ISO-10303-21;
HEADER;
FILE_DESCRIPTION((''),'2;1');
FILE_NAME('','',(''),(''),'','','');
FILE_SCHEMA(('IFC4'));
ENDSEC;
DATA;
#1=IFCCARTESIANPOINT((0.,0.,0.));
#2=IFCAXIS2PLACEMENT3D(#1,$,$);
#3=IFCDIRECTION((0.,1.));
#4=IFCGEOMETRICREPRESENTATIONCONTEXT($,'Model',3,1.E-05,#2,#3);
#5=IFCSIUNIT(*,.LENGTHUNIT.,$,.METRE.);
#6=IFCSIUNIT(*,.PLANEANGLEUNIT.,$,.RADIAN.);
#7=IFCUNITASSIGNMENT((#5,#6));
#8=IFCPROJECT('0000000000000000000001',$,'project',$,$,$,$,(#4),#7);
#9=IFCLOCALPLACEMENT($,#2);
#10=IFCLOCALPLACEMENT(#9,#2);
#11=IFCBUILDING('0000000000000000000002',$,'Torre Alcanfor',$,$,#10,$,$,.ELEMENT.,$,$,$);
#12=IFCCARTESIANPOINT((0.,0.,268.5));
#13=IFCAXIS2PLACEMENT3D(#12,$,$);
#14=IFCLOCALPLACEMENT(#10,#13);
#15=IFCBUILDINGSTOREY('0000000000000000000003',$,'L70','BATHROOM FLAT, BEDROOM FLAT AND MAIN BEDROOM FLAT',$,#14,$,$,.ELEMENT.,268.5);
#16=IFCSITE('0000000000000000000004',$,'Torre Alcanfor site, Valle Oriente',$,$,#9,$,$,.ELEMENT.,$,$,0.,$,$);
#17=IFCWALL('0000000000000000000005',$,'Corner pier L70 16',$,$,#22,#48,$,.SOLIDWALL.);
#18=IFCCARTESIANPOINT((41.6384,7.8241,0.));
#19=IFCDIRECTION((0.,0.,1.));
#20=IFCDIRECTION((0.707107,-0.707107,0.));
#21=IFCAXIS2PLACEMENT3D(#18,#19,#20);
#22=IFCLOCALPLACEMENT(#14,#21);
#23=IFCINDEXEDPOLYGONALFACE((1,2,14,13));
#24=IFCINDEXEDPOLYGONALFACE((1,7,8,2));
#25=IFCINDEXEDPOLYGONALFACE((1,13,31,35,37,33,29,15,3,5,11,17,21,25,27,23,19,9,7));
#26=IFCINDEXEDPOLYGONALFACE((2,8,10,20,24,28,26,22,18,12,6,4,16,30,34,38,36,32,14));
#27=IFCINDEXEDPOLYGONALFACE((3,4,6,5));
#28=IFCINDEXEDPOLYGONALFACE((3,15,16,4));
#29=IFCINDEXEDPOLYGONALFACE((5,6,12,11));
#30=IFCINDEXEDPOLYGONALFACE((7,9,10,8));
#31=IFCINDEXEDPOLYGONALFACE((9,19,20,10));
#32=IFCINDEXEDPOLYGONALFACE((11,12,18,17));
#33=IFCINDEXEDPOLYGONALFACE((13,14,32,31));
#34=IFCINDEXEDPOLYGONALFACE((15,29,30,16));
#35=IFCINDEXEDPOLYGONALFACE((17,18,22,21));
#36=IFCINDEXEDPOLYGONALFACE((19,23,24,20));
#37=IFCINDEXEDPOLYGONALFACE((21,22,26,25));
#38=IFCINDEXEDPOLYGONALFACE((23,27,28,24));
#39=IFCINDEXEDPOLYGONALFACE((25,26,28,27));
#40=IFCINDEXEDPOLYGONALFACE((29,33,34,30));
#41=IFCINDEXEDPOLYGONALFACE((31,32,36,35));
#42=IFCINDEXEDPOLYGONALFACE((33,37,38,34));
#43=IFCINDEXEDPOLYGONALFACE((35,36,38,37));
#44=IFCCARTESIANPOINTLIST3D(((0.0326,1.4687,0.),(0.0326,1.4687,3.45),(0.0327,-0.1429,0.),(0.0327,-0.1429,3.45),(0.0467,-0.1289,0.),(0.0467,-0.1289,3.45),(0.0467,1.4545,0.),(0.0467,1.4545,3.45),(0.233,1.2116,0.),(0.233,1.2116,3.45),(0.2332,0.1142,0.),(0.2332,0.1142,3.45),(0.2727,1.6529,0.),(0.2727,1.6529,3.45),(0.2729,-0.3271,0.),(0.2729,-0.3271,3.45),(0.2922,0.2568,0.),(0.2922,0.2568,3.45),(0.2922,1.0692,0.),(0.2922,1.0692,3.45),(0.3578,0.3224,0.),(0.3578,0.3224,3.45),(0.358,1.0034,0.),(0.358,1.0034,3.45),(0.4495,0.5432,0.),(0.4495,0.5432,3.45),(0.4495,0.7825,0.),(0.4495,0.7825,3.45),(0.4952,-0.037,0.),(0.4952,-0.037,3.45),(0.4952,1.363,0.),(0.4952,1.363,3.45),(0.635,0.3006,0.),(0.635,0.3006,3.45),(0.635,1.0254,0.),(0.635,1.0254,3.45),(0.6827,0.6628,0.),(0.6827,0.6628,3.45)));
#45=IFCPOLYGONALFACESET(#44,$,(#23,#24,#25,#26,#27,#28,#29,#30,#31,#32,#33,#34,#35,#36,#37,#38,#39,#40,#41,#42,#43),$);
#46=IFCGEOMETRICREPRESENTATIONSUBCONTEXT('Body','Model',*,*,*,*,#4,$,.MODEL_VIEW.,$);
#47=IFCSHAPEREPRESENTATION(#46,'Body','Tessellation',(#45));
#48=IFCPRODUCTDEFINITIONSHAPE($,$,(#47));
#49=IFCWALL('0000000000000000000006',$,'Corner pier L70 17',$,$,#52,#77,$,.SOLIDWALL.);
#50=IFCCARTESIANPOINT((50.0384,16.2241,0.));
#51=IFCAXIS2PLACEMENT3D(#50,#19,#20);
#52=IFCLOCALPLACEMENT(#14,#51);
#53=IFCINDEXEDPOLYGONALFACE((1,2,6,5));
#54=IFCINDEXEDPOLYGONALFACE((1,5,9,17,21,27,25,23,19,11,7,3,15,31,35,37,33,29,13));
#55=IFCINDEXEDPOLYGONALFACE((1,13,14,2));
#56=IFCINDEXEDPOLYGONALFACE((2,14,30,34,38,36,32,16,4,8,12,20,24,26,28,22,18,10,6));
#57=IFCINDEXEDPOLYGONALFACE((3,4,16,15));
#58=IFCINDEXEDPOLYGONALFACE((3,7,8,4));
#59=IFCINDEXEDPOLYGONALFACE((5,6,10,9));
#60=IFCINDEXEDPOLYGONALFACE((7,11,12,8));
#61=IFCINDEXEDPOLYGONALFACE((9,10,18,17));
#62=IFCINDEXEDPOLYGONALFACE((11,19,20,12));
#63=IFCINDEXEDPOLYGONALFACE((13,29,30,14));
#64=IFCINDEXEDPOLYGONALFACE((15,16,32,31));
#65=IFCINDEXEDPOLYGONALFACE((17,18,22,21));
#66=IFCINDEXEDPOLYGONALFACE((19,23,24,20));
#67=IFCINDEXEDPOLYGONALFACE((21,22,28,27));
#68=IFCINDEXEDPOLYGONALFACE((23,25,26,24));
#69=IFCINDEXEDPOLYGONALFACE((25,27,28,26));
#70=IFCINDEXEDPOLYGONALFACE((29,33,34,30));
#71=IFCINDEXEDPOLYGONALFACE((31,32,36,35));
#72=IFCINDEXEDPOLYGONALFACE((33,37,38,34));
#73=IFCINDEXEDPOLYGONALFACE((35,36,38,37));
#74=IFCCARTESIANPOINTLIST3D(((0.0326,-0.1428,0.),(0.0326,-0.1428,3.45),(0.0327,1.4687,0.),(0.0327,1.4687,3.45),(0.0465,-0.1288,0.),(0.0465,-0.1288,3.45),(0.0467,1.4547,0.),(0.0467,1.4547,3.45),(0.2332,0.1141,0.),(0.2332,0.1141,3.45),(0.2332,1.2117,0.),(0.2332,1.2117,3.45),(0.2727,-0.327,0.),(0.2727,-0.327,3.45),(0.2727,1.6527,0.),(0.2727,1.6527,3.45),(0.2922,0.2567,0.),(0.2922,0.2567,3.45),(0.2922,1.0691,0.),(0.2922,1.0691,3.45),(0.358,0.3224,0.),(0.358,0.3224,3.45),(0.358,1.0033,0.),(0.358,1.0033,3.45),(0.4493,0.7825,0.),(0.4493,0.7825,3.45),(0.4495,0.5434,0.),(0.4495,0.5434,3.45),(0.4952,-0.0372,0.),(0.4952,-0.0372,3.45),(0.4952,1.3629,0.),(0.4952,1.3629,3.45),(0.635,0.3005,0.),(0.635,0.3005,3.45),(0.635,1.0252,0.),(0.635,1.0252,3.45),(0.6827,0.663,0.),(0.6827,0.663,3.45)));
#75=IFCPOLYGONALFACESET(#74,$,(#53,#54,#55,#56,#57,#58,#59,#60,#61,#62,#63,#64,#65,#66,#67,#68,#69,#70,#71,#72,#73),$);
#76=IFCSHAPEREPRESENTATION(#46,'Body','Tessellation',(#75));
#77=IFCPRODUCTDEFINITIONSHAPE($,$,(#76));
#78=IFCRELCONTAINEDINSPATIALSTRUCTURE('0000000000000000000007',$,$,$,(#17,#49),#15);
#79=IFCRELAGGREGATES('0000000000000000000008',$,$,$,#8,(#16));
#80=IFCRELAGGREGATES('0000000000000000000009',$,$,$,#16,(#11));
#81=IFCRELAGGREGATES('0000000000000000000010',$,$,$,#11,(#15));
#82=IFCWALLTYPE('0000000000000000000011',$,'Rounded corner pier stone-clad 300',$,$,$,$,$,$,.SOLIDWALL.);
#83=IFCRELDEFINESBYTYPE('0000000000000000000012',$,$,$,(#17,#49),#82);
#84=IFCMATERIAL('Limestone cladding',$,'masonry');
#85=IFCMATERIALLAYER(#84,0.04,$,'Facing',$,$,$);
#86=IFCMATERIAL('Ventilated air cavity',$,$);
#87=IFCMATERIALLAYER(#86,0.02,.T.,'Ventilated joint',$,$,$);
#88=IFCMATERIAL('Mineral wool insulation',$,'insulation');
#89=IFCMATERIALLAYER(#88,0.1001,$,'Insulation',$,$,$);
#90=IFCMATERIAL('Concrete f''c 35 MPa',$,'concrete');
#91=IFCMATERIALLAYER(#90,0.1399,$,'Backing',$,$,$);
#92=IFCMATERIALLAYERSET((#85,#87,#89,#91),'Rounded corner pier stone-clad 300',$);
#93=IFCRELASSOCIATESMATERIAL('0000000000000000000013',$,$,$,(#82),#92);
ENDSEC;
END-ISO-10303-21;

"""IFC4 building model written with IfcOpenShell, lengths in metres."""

from ifc_helpers import new_model, si_unit, direction, frame, origin, place, context, subcontext, project, spatial, polyline, outline, extrude, material, layer, layer_set, type_object, element, save


model = new_model("IFC4")

# Units and contexts
model_context = context("Model", 3, precision=1e-05, world=origin(), true_north=direction((0.0, 1.0)))
body_context = subcontext(model_context, "Body", "Model", "MODEL_VIEW")
ifc_project = project(units=[si_unit("LENGTHUNIT", "METRE"), si_unit("PLANEANGLEUNIT", "RADIAN")], contexts=[model_context])

# Site, building, storey
site_placement = place(None, origin())
site = spatial("IfcSite", under=ifc_project, at=site_placement, Name="Torre Alcanfor site, Valle Oriente", CompositionType="ELEMENT", RefElevation=0.0)
building_placement = place(site_placement, origin())
building = spatial("IfcBuilding", under=site, at=building_placement, Name="Torre Alcanfor", CompositionType="ELEMENT")
storey_placement = place(building_placement, frame((0.0, 0.0, 268.5)))
storey = spatial("IfcBuildingStorey", under=building, at=storey_placement, Name="L70", Description="BATHROOM FLAT, BEDROOM FLAT AND MAIN BEDROOM FLAT", CompositionType="ELEMENT", Elevation=268.5)

# Shared definitions
ifc_material_1 = material(Name="Limestone cladding", Category="masonry")
ifc_material_2 = material(Name="Ventilated air cavity")
ifc_material_3 = material(Name="Mineral wool insulation", Category="insulation")
ifc_material_4 = material(Name="Concrete f'c 35 MPa", Category="concrete")

# Walls
ifc_layer_1 = layer(ifc_material_1, 0.04, Name="Facing")
ifc_layer_2 = layer(ifc_material_2, 0.02, ventilated=True, Name="Ventilated joint")
ifc_layer_3 = layer(ifc_material_3, 0.1001, Name="Insulation")
ifc_layer_4 = layer(ifc_material_4, 0.1399, Name="Backing")
ifc_layer_set_1 = layer_set([ifc_layer_1, ifc_layer_2, ifc_layer_3, ifc_layer_4], Name="Rounded corner pier stone-clad 300")
wall_type_1 = type_object("IfcWallType", Name="Rounded corner pier stone-clad 300", PredefinedType="SOLIDWALL", material=ifc_layer_set_1)
wall_1_placement = place(storey_placement, frame((41.6384, 7.8241, 0.0), z_axis=(0.0, 0.0, 1.0), x_axis=(0.707107, -0.707107, 0.0)))
element("IfcWall", 1, at=wall_1_placement, inside=storey, type_object=wall_type_1, Name="Corner pier L70 16", PredefinedType="SOLIDWALL", context=body_context, shape_type="SweptSolid", body=[
    extrude(outline(polyline([(0.0326, 1.4687), (0.0467, 1.4545), (0.233, 1.2116), (0.2922, 1.0692), (0.358, 1.0034), (0.4495, 0.7825), (0.4495, 0.5432), (0.3578, 0.3224), (0.2922, 0.2568), (0.2332, 0.1142), (0.0467, -0.1289), (0.0327, -0.1429), (0.2729, -0.3271), (0.4952, -0.037), (0.635, 0.3006), (0.6827, 0.6628), (0.635, 1.0254), (0.4952, 1.363), (0.2727, 1.6529), (0.0326, 1.4687)])), origin(), (0.0, 0.0, 1.0), 3.45),
])
wall_2_placement = place(storey_placement, frame((50.0384, 16.2241, 0.0), z_axis=(0.0, 0.0, 1.0), x_axis=(0.707107, -0.707107, 0.0)))
element("IfcWall", 2, at=wall_2_placement, inside=storey, type_object=wall_type_1, Name="Corner pier L70 17", PredefinedType="SOLIDWALL", context=body_context, shape_type="SweptSolid", body=[
    extrude(outline(polyline([(0.0467, 1.4547), (0.2332, 1.2117), (0.2922, 1.0691), (0.358, 1.0033), (0.4493, 0.7825), (0.4495, 0.5434), (0.358, 0.3224), (0.2922, 0.2567), (0.2332, 0.1141), (0.0465, -0.1288), (0.0326, -0.1428), (0.2727, -0.327), (0.4952, -0.0372), (0.635, 0.3005), (0.6827, 0.663), (0.635, 1.0252), (0.4952, 1.3629), (0.2727, 1.6527), (0.0327, 1.4687), (0.0467, 1.4547)])), origin(), (0.0, 0.0, 1.0), 3.45),
])

save(model, "model.ifc")
